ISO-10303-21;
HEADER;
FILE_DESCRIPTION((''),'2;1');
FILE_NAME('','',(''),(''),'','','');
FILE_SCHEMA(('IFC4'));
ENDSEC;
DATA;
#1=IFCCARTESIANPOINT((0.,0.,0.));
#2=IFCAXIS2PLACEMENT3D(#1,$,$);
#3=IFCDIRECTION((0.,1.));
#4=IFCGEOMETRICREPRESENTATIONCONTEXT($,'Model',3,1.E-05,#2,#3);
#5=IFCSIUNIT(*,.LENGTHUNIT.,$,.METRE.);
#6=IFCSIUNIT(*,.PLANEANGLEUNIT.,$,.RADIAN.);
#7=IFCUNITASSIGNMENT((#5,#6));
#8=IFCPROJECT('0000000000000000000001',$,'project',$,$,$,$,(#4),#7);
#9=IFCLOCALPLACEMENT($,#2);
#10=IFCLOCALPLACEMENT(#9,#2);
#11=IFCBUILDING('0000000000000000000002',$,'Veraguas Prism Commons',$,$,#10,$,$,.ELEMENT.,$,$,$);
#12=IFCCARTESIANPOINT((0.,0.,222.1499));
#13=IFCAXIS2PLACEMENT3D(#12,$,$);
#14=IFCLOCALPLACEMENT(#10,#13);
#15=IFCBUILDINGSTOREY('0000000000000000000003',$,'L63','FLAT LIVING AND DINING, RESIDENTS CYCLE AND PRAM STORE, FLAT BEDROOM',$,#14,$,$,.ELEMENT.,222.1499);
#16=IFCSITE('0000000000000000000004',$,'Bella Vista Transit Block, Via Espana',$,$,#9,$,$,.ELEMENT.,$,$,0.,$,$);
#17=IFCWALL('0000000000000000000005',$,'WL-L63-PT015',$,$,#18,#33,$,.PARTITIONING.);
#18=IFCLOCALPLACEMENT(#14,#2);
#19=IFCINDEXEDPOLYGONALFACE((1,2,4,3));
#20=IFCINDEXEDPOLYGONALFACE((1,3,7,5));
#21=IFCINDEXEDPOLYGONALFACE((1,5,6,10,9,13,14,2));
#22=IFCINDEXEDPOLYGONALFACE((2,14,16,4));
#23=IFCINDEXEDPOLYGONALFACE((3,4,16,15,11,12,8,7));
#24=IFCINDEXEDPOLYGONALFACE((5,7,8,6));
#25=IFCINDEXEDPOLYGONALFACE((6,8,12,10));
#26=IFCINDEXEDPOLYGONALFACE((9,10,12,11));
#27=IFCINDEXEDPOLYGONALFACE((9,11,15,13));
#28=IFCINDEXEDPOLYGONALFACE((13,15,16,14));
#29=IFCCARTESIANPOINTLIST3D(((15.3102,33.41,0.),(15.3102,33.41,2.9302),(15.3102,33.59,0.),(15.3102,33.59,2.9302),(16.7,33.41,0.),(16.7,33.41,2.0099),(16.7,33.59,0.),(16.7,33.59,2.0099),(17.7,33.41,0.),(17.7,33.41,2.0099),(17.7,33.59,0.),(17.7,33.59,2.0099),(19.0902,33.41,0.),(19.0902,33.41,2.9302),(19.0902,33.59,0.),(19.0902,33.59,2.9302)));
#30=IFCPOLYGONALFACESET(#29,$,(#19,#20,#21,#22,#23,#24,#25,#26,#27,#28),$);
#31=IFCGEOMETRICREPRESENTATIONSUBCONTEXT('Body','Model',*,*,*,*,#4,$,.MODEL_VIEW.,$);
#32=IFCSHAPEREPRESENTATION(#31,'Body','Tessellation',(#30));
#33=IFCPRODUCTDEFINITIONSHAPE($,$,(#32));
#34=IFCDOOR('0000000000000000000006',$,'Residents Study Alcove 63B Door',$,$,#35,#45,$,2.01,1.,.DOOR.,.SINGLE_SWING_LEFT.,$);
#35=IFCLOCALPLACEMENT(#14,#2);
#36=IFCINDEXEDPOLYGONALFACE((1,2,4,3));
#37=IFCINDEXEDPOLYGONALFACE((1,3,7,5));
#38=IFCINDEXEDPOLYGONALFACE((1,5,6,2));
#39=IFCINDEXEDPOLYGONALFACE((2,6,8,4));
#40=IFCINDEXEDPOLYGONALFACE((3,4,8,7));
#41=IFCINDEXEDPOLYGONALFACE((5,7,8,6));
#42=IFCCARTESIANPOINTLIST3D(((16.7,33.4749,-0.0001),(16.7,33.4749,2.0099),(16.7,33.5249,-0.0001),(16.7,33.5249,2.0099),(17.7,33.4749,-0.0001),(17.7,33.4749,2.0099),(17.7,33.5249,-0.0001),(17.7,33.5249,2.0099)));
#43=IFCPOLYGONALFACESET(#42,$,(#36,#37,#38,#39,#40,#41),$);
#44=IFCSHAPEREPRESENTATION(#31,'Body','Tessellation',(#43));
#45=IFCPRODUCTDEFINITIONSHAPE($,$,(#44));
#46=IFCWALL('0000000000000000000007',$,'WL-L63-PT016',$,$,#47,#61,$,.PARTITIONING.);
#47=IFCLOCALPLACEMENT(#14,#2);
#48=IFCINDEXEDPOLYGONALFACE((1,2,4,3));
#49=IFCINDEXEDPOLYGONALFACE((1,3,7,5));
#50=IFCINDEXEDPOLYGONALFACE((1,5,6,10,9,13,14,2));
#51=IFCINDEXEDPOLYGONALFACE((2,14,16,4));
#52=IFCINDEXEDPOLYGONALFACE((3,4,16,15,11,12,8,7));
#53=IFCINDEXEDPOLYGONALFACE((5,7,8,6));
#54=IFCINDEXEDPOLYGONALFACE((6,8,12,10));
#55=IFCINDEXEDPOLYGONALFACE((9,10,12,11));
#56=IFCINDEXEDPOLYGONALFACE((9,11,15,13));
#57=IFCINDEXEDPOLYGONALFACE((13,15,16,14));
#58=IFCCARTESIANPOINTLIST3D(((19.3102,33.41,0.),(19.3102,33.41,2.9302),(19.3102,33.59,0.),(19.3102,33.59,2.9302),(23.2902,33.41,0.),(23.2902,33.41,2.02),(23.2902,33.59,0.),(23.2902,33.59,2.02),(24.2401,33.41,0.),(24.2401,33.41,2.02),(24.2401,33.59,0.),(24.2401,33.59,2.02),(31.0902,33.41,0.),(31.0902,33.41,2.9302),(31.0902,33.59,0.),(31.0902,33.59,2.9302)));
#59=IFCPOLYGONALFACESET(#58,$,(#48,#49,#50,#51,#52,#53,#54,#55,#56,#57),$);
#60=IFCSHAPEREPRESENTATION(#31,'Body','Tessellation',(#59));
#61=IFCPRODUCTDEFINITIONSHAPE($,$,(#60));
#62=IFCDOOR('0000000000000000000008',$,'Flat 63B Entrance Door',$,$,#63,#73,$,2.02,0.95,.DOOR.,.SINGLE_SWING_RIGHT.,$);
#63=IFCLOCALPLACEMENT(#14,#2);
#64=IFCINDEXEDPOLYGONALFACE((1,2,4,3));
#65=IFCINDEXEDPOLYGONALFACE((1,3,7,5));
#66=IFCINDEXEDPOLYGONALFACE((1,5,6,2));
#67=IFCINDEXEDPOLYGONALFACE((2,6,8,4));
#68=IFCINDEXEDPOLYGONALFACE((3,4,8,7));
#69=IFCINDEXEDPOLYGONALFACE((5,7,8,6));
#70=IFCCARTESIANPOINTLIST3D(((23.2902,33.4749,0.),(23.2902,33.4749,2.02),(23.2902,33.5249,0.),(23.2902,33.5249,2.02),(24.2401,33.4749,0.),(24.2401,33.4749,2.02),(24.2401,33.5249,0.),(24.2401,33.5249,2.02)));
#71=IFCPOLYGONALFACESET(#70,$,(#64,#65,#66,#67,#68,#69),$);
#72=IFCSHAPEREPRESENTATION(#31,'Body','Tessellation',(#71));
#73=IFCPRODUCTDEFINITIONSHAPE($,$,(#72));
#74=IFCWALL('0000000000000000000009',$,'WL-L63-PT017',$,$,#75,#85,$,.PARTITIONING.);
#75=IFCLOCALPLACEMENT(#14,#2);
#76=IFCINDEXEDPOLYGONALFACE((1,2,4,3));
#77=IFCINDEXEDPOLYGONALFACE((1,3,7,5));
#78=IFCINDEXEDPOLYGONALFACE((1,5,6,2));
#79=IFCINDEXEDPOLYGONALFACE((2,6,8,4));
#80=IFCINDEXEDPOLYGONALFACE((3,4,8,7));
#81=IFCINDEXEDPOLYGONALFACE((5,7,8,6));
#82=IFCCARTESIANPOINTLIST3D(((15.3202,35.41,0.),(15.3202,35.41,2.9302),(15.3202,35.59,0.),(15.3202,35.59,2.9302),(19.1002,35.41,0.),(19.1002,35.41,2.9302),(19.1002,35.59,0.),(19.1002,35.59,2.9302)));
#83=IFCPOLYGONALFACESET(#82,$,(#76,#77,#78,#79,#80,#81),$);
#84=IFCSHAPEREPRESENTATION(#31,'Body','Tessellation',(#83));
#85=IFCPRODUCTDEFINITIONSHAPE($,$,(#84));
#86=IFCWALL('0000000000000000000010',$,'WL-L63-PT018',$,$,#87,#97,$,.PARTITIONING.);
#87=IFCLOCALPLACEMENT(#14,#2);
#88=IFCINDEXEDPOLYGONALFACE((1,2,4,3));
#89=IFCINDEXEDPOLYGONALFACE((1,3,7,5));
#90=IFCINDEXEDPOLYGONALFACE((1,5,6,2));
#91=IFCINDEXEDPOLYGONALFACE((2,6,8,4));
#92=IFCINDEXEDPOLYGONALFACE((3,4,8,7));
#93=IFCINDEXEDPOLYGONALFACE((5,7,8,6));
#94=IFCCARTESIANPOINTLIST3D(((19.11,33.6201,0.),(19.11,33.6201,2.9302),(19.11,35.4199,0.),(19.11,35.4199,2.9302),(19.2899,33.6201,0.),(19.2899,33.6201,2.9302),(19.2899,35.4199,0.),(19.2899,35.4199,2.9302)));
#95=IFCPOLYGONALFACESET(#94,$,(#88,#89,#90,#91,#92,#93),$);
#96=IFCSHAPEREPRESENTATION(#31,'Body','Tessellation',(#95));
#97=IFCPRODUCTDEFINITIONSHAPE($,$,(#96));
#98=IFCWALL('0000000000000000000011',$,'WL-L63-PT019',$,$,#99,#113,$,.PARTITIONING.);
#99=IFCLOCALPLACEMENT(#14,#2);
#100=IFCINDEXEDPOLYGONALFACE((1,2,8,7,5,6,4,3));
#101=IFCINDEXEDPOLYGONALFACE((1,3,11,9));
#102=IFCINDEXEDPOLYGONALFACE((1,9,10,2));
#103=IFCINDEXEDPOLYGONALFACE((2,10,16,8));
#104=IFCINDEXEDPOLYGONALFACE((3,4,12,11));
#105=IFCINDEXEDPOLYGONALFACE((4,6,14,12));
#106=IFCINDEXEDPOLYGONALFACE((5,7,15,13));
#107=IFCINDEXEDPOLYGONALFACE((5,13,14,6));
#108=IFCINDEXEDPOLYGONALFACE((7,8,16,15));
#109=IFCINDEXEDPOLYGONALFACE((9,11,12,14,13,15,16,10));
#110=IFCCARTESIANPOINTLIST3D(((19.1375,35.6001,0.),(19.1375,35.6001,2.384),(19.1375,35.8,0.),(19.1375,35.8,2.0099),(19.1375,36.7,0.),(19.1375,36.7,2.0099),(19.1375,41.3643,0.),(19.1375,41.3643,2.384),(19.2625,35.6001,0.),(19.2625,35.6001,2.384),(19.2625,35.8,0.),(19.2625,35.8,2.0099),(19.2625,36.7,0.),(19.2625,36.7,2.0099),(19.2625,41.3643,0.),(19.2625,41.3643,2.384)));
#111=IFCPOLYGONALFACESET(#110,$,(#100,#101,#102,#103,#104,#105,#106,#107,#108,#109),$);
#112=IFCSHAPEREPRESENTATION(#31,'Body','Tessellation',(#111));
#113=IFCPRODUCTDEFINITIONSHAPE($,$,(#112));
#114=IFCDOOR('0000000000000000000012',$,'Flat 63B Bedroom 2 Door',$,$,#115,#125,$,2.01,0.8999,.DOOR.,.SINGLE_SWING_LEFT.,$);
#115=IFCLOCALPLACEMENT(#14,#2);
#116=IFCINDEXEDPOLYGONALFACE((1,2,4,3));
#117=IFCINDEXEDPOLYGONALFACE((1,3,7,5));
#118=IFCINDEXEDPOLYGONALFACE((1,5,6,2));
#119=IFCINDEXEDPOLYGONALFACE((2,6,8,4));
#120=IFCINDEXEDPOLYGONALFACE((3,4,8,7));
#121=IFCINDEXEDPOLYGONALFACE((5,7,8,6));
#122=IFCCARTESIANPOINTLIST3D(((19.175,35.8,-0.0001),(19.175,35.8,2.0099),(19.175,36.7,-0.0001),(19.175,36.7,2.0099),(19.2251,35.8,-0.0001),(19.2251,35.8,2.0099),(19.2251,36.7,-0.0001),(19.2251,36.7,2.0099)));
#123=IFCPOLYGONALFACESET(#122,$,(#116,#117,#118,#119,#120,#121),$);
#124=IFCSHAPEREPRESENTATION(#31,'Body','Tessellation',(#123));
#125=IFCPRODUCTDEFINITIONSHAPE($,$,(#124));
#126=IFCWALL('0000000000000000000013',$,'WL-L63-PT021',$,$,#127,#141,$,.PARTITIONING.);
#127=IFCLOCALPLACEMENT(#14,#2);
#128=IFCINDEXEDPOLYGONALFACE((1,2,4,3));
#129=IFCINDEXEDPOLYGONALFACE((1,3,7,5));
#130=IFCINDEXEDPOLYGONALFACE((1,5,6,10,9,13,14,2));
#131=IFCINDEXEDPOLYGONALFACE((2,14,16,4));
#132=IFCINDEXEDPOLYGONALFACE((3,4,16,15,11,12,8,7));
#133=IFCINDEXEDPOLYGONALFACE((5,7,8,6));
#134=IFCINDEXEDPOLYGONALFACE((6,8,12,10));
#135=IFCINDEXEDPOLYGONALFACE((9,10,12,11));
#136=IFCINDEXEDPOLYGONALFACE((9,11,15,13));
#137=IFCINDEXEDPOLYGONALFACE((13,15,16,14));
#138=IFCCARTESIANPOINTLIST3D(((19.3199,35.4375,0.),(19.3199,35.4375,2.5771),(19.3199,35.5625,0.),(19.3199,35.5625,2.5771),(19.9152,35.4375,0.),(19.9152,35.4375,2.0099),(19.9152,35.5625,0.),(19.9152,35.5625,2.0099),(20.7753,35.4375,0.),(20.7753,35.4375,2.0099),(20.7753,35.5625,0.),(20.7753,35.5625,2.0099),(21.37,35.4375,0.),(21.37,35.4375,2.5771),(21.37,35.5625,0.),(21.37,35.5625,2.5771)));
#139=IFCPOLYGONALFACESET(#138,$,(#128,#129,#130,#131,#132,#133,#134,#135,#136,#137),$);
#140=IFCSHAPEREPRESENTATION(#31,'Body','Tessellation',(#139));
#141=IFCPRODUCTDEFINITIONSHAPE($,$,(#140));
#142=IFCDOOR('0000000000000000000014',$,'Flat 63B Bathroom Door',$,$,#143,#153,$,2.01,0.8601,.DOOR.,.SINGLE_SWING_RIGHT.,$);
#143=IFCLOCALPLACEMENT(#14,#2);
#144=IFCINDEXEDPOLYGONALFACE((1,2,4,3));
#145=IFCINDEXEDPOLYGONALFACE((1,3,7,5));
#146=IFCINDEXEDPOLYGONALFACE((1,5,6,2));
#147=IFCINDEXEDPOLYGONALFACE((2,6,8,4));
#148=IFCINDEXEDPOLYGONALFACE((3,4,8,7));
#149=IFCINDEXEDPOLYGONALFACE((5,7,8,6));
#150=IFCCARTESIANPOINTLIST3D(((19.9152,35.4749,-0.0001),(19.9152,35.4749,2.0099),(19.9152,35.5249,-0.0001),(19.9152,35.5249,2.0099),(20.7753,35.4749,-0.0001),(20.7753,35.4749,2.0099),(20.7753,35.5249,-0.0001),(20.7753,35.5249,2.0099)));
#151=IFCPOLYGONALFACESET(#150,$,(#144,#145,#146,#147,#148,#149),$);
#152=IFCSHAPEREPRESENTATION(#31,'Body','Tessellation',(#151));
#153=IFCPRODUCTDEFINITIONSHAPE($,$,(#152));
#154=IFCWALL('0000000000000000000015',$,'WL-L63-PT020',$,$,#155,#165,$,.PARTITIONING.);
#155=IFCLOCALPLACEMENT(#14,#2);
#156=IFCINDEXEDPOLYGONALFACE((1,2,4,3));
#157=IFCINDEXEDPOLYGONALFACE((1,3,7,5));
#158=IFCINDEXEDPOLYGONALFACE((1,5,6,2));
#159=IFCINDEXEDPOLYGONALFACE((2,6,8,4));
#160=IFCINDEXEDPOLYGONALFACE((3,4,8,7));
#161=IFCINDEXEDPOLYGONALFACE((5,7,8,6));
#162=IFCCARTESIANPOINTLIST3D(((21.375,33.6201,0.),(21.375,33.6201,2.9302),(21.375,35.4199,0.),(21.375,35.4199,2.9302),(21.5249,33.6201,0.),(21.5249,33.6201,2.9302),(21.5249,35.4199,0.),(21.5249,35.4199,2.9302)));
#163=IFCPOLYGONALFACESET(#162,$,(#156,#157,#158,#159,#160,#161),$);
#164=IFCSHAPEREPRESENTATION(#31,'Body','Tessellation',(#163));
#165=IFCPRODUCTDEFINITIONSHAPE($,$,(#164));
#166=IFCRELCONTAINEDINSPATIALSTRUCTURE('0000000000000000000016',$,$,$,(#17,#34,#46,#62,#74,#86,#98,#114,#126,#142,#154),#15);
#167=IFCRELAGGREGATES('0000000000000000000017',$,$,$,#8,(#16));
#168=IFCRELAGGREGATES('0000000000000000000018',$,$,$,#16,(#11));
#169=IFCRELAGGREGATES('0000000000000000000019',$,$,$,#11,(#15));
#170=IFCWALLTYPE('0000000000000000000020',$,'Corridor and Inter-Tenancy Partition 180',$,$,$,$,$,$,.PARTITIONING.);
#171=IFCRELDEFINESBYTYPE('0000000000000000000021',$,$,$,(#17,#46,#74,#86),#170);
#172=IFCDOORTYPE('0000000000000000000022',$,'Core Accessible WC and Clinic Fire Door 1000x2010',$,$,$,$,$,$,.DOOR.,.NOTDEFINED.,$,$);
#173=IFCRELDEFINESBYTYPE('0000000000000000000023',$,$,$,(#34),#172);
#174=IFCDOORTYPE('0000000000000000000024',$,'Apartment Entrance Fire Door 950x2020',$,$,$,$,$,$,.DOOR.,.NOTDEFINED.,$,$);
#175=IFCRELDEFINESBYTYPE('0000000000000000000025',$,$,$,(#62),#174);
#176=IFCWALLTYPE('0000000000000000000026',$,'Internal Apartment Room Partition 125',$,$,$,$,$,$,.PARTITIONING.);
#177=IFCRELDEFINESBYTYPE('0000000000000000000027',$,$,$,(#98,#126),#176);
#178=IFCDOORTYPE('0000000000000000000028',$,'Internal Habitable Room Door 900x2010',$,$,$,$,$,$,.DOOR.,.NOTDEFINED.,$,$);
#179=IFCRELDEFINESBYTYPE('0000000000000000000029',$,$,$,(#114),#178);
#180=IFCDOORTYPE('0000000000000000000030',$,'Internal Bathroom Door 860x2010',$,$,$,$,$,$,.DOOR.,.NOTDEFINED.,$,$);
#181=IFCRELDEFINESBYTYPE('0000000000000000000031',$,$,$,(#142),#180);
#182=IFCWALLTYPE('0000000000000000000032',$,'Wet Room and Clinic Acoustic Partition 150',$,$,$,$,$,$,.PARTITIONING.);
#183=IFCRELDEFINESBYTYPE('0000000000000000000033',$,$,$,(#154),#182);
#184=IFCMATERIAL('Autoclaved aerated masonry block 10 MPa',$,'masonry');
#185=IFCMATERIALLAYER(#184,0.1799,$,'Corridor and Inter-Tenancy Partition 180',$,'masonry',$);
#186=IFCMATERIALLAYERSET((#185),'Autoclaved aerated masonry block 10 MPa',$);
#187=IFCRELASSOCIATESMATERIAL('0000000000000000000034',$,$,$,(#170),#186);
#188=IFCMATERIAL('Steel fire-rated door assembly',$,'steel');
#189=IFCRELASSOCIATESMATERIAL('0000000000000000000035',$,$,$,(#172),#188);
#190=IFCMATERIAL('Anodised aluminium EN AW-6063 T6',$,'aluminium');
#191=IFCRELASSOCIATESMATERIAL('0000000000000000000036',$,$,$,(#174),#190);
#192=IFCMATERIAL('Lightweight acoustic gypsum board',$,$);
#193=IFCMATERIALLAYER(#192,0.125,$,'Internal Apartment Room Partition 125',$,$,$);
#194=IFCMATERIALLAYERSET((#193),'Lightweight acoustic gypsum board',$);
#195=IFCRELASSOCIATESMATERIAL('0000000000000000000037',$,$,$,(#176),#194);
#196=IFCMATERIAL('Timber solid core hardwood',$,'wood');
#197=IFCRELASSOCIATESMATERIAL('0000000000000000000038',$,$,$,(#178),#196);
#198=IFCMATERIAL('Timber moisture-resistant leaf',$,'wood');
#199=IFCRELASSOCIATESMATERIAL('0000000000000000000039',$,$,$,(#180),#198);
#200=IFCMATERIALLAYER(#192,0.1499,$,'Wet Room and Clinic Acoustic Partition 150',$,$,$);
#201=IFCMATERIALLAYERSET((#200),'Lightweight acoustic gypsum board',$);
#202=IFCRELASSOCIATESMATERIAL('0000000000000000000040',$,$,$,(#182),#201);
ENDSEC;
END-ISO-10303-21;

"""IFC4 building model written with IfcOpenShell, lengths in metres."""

from ifc_helpers import new_model, si_unit, direction, frame, frame_2d, origin, place, context, subcontext, project, spatial, rectangle, extrude, source, transform, mapped, material, layer, layer_set, type_object, element, fill, save


model = new_model("IFC4")

# Units and contexts
model_context = context("Model", 3, precision=1e-05, world=origin(), true_north=direction((0.0, 1.0)))
body_context = subcontext(model_context, "Body", "Model", "MODEL_VIEW")
ifc_project = project(units=[si_unit("LENGTHUNIT", "METRE"), si_unit("PLANEANGLEUNIT", "RADIAN")], contexts=[model_context])

# Site, building, storey
site_placement = place(None, origin())
site = spatial("IfcSite", under=ifc_project, at=site_placement, Name="Bella Vista Transit Block, Via Espana", CompositionType="ELEMENT", RefElevation=0.0)
building_placement = place(site_placement, origin())
building = spatial("IfcBuilding", under=site, at=building_placement, Name="Veraguas Prism Commons", CompositionType="ELEMENT")
storey_placement = place(building_placement, frame((0.0, 0.0, 222.1499)))
storey = spatial("IfcBuildingStorey", under=building, at=storey_placement, Name="L63", Description="FLAT LIVING AND DINING, RESIDENTS CYCLE AND PRAM STORE, FLAT BEDROOM", CompositionType="ELEMENT", Elevation=222.1499)

# Shared definitions
ifc_material_1 = material(Name="Anodised aluminium EN AW-6063 T6", Category="aluminium")

# Walls, openings, doors
ifc_material_2 = material(Name="Autoclaved aerated masonry block 10 MPa", Category="masonry")
ifc_layer_1 = layer(ifc_material_2, 0.1799, Name="Corridor and Inter-Tenancy Partition 180", Category="masonry")
ifc_layer_set_1 = layer_set([ifc_layer_1], Name="Autoclaved aerated masonry block 10 MPa")
wall_type_1 = type_object("IfcWallType", Name="Corridor and Inter-Tenancy Partition 180", PredefinedType="PARTITIONING", material=ifc_layer_set_1)
wall_1_placement = place(storey_placement, frame((15.3101, 33.5, 0.0), z_axis=(0.0, 0.0, 1.0), x_axis=(1.0, 0.0, 0.0)))
wall_1 = element("IfcWall", 1, at=wall_1_placement, inside=storey, type_object=wall_type_1, Name="WL-L63-PT015", PredefinedType="PARTITIONING", context=body_context, shape_type="SweptSolid", body=[
    extrude(rectangle(XDim=3.78, YDim=0.1799, at=frame_2d((1.8901, 0.0))), origin(), (0.0, 0.0, 1.0), 2.9302),
])
opening_1_placement = place(wall_1_placement, frame((1.3899, 0.0, 0.0)))
opening_1 = element("IfcOpeningElement", 2, at=opening_1_placement, cuts=wall_1, PredefinedType="OPENING", context=body_context, shape_type="SweptSolid", body=[
    extrude(rectangle(XDim=1.0, YDim=2.01, at=frame_2d((0.5, 1.0049))), frame((0.0, 0.0999, 0.0), z_axis=(0.0, -1.0, 0.0), x_axis=(1.0, 0.0, 0.0)), (0.0, 0.0, 1.0), 0.2),
])
ifc_material_3 = material(Name="Steel fire-rated door assembly", Category="steel")
door_type_1 = type_object("IfcDoorType", Name="Core Accessible WC and Clinic Fire Door 1000x2010", OperationType="NOTDEFINED", PredefinedType="DOOR", material=ifc_material_3)
shared_shape_1 = source(origin(), body_context, "Body", "SweptSolid", [
    extrude(rectangle(XDim=1.0, YDim=2.01, at=frame_2d((0.5, 1.0049))), frame((0.0, 0.0249, 0.0), z_axis=(0.0, -1.0, 0.0), x_axis=(1.0, 0.0, 0.0)), (0.0, 0.0, 1.0), 0.05),
])
door_1_placement = place(opening_1_placement, origin())
door_1 = element("IfcDoor", 3, at=door_1_placement, inside=storey, type_object=door_type_1, Name="Residents Study Alcove 63B Door", OperationType="SINGLE_SWING_LEFT", OverallHeight=2.01, OverallWidth=1.0, PredefinedType="DOOR", context=body_context, shape_type="MappedRepresentation", body=[
    mapped(shared_shape_1, transform((0.0, 0.0, 0.0), scale=1.0)),
])
fill(opening_1, door_1)
wall_2_placement = place(storey_placement, frame((19.3101, 33.5, 0.0), z_axis=(0.0, 0.0, 1.0), x_axis=(1.0, 0.0, 0.0)))
wall_2 = element("IfcWall", 4, at=wall_2_placement, inside=storey, type_object=wall_type_1, Name="WL-L63-PT016", PredefinedType="PARTITIONING", context=body_context, shape_type="SweptSolid", body=[
    extrude(rectangle(XDim=11.78, YDim=0.1799, at=frame_2d((5.8901, 0.0))), origin(), (0.0, 0.0, 1.0), 2.9302),
])
opening_2_placement = place(wall_2_placement, frame((3.98, 0.0, 0.0)))
opening_2 = element("IfcOpeningElement", 5, at=opening_2_placement, cuts=wall_2, PredefinedType="OPENING", context=body_context, shape_type="SweptSolid", body=[
    extrude(rectangle(XDim=0.95, YDim=2.02, at=frame_2d((0.4751, 1.01))), frame((0.0, 0.0999, 0.0), z_axis=(0.0, -1.0, 0.0), x_axis=(1.0, 0.0, 0.0)), (0.0, 0.0, 1.0), 0.2),
])
door_type_2 = type_object("IfcDoorType", Name="Apartment Entrance Fire Door 950x2020", OperationType="NOTDEFINED", PredefinedType="DOOR", material=ifc_material_1)
shared_shape_2 = source(origin(), body_context, "Body", "SweptSolid", [
    extrude(rectangle(XDim=0.95, YDim=2.02, at=frame_2d((0.4751, 1.01))), frame((0.0, 0.0249, 0.0), z_axis=(0.0, -1.0, 0.0), x_axis=(1.0, 0.0, 0.0)), (0.0, 0.0, 1.0), 0.05),
])
door_2_placement = place(opening_2_placement, origin())
door_2 = element("IfcDoor", 6, at=door_2_placement, inside=storey, type_object=door_type_2, Name="Flat 63B Entrance Door", OperationType="SINGLE_SWING_RIGHT", OverallHeight=2.02, OverallWidth=0.95, PredefinedType="DOOR", context=body_context, shape_type="MappedRepresentation", body=[
    mapped(shared_shape_2, transform((0.0, 0.0, 0.0), scale=1.0)),
])
fill(opening_2, door_2)

# Walls
wall_3_placement = place(storey_placement, frame((15.3201, 35.5, 0.0), z_axis=(0.0, 0.0, 1.0), x_axis=(1.0, 0.0, 0.0)))
element("IfcWall", 7, at=wall_3_placement, inside=storey, type_object=wall_type_1, Name="WL-L63-PT017", PredefinedType="PARTITIONING", context=body_context, shape_type="SweptSolid", body=[
    extrude(rectangle(XDim=3.78, YDim=0.1799, at=frame_2d((1.8901, 0.0))), origin(), (0.0, 0.0, 1.0), 2.9302),
])
wall_4_placement = place(storey_placement, frame((19.2, 33.6201, 0.0), z_axis=(0.0, 0.0, 1.0), x_axis=(0.0, 1.0, 0.0)))
element("IfcWall", 8, at=wall_4_placement, inside=storey, type_object=wall_type_1, Name="WL-L63-PT018", PredefinedType="PARTITIONING", context=body_context, shape_type="SweptSolid", body=[
    extrude(rectangle(XDim=1.7998, YDim=0.1799, at=frame_2d((0.8999, 0.0))), origin(), (0.0, 0.0, 1.0), 2.9302),
])

# Walls, openings, doors
ifc_material_4 = material(Name="Lightweight acoustic gypsum board")
ifc_layer_2 = layer(ifc_material_4, 0.125, Name="Internal Apartment Room Partition 125")
ifc_layer_set_2 = layer_set([ifc_layer_2], Name="Lightweight acoustic gypsum board")
wall_type_2 = type_object("IfcWallType", Name="Internal Apartment Room Partition 125", PredefinedType="PARTITIONING", material=ifc_layer_set_2)
wall_5_placement = place(storey_placement, frame((19.2, 35.6001, 0.0), z_axis=(0.0, 0.0, 1.0), x_axis=(0.0, 1.0, 0.0)))
wall_5 = element("IfcWall", 9, at=wall_5_placement, inside=storey, type_object=wall_type_2, Name="WL-L63-PT019", PredefinedType="PARTITIONING", context=body_context, shape_type="SweptSolid", body=[
    extrude(rectangle(XDim=5.7642, YDim=0.125, at=frame_2d((2.8821, 0.0))), origin(), (0.0, 0.0, 1.0), 2.384),
])
opening_3_placement = place(wall_5_placement, frame((0.2, 0.0, 0.0)))
opening_3 = element("IfcOpeningElement", 10, at=opening_3_placement, cuts=wall_5, PredefinedType="OPENING", context=body_context, shape_type="SweptSolid", body=[
    extrude(rectangle(XDim=0.8999, YDim=2.01, at=frame_2d((0.45, 1.0049))), frame((0.0, 0.0725, 0.0), z_axis=(0.0, -1.0, 0.0), x_axis=(1.0, 0.0, 0.0)), (0.0, 0.0, 1.0), 0.145),
])
ifc_material_5 = material(Name="Timber solid core hardwood", Category="wood")
door_type_3 = type_object("IfcDoorType", Name="Internal Habitable Room Door 900x2010", OperationType="NOTDEFINED", PredefinedType="DOOR", material=ifc_material_5)
shared_shape_3 = source(origin(), body_context, "Body", "SweptSolid", [
    extrude(rectangle(XDim=0.8999, YDim=2.01, at=frame_2d((0.45, 1.0049))), frame((0.0, 0.0249, 0.0), z_axis=(0.0, -1.0, 0.0), x_axis=(1.0, 0.0, 0.0)), (0.0, 0.0, 1.0), 0.05),
])
door_3_placement = place(opening_3_placement, origin())
door_3 = element("IfcDoor", 11, at=door_3_placement, inside=storey, type_object=door_type_3, Name="Flat 63B Bedroom 2 Door", OperationType="SINGLE_SWING_LEFT", OverallHeight=2.01, OverallWidth=0.8999, PredefinedType="DOOR", context=body_context, shape_type="MappedRepresentation", body=[
    mapped(shared_shape_3, transform((0.0, 0.0, 0.0), scale=1.0)),
])
fill(opening_3, door_3)
wall_6_placement = place(storey_placement, frame((19.3201, 35.5, 0.0), z_axis=(0.0, 0.0, 1.0), x_axis=(1.0, 0.0, 0.0)))
wall_6 = element("IfcWall", 12, at=wall_6_placement, inside=storey, type_object=wall_type_2, Name="WL-L63-PT021", PredefinedType="PARTITIONING", context=body_context, shape_type="SweptSolid", body=[
    extrude(rectangle(XDim=2.05, YDim=0.125, at=frame_2d((1.0249, 0.0))), origin(), (0.0, 0.0, 1.0), 2.5771),
])
opening_4_placement = place(wall_6_placement, frame((0.595, 0.0, 0.0)))
opening_4 = element("IfcOpeningElement", 13, at=opening_4_placement, cuts=wall_6, PredefinedType="OPENING", context=body_context, shape_type="SweptSolid", body=[
    extrude(rectangle(XDim=0.8601, YDim=2.01, at=frame_2d((0.4302, 1.0049))), frame((0.0, 0.0725, 0.0), z_axis=(0.0, -1.0, 0.0), x_axis=(1.0, 0.0, 0.0)), (0.0, 0.0, 1.0), 0.145),
])
ifc_material_6 = material(Name="Timber moisture-resistant leaf", Category="wood")
door_type_4 = type_object("IfcDoorType", Name="Internal Bathroom Door 860x2010", OperationType="NOTDEFINED", PredefinedType="DOOR", material=ifc_material_6)
shared_shape_4 = source(origin(), body_context, "Body", "SweptSolid", [
    extrude(rectangle(XDim=0.8601, YDim=2.01, at=frame_2d((0.4302, 1.0049))), frame((0.0, 0.0249, 0.0), z_axis=(0.0, -1.0, 0.0), x_axis=(1.0, 0.0, 0.0)), (0.0, 0.0, 1.0), 0.05),
])
door_4_placement = place(opening_4_placement, origin())
door_4 = element("IfcDoor", 14, at=door_4_placement, inside=storey, type_object=door_type_4, Name="Flat 63B Bathroom Door", OperationType="SINGLE_SWING_RIGHT", OverallHeight=2.01, OverallWidth=0.8601, PredefinedType="DOOR", context=body_context, shape_type="MappedRepresentation", body=[
    mapped(shared_shape_4, transform((0.0, 0.0, 0.0), scale=1.0)),
])
fill(opening_4, door_4)

# Wall
ifc_layer_3 = layer(ifc_material_4, 0.1499, Name="Wet Room and Clinic Acoustic Partition 150")
ifc_layer_set_3 = layer_set([ifc_layer_3], Name="Lightweight acoustic gypsum board")
wall_type_3 = type_object("IfcWallType", Name="Wet Room and Clinic Acoustic Partition 150", PredefinedType="PARTITIONING", material=ifc_layer_set_3)
wall_7_placement = place(storey_placement, frame((21.45, 33.6201, 0.0), z_axis=(0.0, 0.0, 1.0), x_axis=(0.0, 1.0, 0.0)))
element("IfcWall", 15, at=wall_7_placement, inside=storey, type_object=wall_type_3, Name="WL-L63-PT020", PredefinedType="PARTITIONING", context=body_context, shape_type="SweptSolid", body=[
    extrude(rectangle(XDim=1.7998, YDim=0.1499, at=frame_2d((0.8999, 0.0))), origin(), (0.0, 0.0, 1.0), 2.9302),
])

save(model, "model.ifc")
